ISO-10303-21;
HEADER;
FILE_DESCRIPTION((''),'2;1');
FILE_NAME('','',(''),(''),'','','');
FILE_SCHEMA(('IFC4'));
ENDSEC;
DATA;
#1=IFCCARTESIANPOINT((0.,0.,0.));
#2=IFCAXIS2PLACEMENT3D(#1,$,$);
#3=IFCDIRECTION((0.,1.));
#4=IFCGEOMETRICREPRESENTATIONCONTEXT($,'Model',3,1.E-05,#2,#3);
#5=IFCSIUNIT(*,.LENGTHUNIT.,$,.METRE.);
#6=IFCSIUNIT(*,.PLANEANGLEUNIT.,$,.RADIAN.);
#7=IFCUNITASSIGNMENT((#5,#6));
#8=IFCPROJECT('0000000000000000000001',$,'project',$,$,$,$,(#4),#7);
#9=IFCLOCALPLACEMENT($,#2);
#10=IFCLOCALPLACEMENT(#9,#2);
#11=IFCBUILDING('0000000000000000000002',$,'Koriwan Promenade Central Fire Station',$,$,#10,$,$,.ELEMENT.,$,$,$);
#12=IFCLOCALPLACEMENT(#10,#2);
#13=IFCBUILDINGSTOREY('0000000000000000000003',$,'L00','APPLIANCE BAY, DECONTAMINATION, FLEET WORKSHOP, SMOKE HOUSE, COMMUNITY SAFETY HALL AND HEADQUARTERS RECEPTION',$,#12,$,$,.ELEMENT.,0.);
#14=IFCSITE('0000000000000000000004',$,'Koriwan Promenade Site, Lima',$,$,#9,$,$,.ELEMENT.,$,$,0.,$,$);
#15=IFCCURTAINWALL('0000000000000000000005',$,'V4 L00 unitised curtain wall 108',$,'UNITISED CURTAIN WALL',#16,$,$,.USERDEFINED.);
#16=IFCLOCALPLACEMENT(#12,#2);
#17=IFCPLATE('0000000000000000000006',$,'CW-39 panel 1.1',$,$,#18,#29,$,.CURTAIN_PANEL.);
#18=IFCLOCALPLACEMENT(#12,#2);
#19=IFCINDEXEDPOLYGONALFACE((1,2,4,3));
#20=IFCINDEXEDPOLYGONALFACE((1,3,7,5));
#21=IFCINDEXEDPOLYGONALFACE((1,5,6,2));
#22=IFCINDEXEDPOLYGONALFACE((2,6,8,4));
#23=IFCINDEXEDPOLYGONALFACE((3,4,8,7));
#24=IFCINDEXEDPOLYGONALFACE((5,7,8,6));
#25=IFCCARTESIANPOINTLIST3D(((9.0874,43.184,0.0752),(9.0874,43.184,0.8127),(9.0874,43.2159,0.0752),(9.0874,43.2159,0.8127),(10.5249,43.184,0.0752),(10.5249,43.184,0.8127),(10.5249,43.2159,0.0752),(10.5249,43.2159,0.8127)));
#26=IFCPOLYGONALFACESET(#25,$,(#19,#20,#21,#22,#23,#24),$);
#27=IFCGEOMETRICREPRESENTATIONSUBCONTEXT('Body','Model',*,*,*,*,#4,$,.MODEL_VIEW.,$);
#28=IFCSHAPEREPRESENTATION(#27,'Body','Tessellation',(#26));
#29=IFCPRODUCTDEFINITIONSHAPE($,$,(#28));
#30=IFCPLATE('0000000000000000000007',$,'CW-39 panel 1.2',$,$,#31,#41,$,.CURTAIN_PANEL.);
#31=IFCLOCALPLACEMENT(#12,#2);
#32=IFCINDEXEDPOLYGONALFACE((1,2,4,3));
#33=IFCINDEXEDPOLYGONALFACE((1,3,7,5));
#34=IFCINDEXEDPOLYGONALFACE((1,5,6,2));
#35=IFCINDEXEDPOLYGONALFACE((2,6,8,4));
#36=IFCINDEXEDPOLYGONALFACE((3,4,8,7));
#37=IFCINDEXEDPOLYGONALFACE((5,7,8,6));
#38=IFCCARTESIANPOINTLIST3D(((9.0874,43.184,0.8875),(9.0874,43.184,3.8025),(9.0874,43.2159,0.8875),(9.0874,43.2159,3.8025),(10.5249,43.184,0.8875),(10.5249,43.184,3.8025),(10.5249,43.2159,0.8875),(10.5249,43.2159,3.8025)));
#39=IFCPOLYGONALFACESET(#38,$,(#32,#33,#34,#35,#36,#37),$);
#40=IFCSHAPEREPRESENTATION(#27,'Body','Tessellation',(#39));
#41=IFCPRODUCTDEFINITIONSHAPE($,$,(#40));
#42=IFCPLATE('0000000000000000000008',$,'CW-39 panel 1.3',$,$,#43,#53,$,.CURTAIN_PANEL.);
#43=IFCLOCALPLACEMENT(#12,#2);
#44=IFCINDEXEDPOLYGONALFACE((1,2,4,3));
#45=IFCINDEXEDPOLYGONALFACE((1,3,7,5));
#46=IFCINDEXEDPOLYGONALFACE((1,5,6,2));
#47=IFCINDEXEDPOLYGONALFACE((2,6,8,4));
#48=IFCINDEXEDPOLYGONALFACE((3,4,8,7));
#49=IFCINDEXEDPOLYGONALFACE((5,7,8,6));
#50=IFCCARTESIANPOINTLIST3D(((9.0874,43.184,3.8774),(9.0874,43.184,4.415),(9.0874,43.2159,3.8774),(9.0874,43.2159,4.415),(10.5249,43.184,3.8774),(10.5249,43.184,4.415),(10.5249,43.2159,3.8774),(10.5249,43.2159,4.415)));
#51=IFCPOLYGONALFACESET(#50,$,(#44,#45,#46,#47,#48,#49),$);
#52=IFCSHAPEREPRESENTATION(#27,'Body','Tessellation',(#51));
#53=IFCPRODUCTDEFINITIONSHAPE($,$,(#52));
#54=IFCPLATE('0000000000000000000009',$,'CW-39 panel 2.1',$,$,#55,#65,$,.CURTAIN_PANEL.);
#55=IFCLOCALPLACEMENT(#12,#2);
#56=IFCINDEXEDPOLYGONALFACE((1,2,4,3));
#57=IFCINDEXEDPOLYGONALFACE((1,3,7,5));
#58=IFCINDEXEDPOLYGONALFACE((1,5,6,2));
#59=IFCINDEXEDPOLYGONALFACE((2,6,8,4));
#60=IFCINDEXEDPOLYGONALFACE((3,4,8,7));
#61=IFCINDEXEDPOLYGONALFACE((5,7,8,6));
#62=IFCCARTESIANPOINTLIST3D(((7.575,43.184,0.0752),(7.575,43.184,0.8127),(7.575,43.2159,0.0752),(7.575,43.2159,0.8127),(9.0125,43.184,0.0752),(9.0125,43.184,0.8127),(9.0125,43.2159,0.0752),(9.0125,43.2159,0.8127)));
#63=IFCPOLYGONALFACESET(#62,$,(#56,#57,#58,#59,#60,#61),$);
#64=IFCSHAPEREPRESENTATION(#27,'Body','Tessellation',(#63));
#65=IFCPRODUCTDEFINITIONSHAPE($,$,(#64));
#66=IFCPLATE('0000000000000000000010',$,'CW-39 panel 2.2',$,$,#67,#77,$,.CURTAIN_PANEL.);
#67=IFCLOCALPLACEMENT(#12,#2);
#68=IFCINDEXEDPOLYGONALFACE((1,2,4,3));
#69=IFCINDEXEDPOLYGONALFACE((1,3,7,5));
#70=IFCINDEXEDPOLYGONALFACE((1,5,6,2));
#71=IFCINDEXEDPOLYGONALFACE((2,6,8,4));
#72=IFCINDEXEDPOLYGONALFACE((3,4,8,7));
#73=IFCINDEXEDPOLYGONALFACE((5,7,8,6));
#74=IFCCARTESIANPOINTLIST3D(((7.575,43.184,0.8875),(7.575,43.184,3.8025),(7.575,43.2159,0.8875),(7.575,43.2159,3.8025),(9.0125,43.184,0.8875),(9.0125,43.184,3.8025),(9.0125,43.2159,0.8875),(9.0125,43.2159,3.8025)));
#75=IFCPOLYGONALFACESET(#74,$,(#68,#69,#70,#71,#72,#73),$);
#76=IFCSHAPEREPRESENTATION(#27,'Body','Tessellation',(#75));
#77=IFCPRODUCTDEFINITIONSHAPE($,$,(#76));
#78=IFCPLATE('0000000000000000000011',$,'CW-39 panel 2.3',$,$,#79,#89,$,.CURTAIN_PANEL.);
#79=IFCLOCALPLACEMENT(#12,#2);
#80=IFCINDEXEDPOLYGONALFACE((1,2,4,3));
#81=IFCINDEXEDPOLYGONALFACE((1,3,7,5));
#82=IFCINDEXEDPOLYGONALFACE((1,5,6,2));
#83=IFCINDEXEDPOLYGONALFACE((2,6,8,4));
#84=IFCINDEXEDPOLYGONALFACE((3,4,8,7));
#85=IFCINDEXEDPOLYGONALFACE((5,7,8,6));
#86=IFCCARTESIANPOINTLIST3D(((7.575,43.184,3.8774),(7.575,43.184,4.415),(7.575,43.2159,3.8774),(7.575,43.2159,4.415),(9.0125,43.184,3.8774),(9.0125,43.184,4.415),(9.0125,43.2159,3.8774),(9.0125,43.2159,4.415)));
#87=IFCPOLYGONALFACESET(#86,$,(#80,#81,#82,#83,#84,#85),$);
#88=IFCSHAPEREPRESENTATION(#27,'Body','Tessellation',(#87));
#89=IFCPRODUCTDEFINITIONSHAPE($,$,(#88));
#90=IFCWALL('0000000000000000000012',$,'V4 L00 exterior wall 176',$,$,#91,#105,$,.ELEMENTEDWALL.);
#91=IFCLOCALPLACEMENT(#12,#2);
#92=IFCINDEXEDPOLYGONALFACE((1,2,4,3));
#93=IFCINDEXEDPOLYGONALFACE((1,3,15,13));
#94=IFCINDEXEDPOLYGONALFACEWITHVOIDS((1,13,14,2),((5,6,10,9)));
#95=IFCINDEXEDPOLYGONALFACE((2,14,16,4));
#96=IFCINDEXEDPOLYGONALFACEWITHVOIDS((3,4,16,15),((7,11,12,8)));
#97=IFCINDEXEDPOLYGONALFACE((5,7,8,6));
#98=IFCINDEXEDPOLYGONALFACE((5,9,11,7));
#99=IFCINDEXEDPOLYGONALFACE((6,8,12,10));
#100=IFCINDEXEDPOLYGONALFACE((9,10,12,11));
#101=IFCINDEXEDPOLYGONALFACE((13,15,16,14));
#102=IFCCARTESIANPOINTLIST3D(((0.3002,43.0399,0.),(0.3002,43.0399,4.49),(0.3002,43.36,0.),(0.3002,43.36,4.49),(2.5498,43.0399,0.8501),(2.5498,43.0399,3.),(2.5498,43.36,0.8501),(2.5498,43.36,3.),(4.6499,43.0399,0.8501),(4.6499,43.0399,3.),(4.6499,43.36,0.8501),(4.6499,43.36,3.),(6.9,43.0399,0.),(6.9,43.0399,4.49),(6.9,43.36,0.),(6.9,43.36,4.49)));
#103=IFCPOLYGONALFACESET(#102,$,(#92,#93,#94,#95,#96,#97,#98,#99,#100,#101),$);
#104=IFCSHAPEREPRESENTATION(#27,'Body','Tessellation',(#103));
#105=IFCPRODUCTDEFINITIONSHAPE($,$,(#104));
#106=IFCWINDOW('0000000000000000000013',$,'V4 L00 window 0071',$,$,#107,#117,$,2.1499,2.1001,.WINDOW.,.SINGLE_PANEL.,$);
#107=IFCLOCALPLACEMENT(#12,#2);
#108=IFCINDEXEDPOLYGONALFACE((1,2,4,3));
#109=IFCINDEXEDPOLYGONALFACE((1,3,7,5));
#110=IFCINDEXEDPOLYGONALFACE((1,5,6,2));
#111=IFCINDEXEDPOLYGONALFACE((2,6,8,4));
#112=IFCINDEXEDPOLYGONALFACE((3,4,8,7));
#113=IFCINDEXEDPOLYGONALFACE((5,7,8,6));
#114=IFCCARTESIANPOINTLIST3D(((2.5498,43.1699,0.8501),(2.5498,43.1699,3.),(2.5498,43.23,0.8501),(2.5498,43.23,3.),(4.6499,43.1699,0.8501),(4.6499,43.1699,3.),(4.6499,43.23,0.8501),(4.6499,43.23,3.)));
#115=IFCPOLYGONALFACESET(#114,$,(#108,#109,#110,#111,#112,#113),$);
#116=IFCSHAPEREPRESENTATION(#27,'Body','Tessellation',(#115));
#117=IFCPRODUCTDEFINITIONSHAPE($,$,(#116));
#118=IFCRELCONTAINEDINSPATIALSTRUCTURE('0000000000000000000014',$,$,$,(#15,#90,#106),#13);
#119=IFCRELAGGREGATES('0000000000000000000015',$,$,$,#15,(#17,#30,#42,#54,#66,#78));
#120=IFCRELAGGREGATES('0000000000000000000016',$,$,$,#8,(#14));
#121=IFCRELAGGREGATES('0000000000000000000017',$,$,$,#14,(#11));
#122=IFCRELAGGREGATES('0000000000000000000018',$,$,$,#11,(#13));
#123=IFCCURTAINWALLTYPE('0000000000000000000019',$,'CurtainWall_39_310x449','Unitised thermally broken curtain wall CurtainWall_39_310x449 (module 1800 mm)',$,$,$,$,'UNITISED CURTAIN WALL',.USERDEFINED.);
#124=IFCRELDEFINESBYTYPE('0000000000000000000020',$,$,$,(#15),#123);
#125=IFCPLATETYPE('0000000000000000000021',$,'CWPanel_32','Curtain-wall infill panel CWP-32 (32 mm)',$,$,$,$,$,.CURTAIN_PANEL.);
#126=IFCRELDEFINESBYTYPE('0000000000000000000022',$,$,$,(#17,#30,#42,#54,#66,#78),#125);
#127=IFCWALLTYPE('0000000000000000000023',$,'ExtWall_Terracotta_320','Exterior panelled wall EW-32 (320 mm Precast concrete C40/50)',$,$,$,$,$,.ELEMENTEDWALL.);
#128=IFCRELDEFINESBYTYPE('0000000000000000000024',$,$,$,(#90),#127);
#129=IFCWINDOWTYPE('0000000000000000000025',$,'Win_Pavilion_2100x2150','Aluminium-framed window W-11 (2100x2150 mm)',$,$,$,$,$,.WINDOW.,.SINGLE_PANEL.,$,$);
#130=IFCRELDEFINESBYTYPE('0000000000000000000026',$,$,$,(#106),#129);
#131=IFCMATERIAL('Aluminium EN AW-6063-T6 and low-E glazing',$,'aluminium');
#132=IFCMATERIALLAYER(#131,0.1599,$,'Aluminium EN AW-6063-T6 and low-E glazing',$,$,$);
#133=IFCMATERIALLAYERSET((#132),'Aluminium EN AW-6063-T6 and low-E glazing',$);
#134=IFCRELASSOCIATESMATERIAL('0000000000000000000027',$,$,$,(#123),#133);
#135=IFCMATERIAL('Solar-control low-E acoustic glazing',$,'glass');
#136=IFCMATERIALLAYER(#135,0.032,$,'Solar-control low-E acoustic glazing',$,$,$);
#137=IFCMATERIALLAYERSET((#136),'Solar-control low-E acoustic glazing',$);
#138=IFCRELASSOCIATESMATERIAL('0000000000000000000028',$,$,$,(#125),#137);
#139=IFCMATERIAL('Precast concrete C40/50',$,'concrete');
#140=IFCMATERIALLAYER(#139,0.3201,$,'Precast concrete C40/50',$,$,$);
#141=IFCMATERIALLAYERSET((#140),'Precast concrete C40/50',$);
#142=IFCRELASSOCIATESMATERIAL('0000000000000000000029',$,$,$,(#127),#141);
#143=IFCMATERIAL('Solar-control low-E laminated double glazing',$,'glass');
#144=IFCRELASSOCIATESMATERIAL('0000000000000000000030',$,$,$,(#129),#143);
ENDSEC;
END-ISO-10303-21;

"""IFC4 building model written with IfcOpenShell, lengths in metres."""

from ifc_helpers import new_model, si_unit, direction, frame, frame_2d, origin, origin_2d, place, context, subcontext, project, spatial, rectangle, extrude, material, layer, layer_set, type_object, element, fill, aggregate, save


model = new_model("IFC4")

# Units and contexts
model_context = context("Model", 3, precision=1e-05, world=origin(), true_north=direction((0.0, 1.0)))
body_context = subcontext(model_context, "Body", "Model", "MODEL_VIEW")
ifc_project = project(units=[si_unit("LENGTHUNIT", "METRE"), si_unit("PLANEANGLEUNIT", "RADIAN")], contexts=[model_context])

# Site, building, storey
site_placement = place(None, origin())
site = spatial("IfcSite", under=ifc_project, at=site_placement, Name="Koriwan Promenade Site, Lima", CompositionType="ELEMENT", RefElevation=0.0)
building_placement = place(site_placement, origin())
building = spatial("IfcBuilding", under=site, at=building_placement, Name="Koriwan Promenade Central Fire Station", CompositionType="ELEMENT")
storey_placement = place(building_placement, origin())
storey = spatial("IfcBuildingStorey", under=building, at=storey_placement, Name="L00", Description="APPLIANCE BAY, DECONTAMINATION, FLEET WORKSHOP, SMOKE HOUSE, COMMUNITY SAFETY HALL AND HEADQUARTERS RECEPTION", CompositionType="ELEMENT", Elevation=0.0)

# Curtain wall, plates
ifc_material_1 = material(Name="Aluminium EN AW-6063-T6 and low-E glazing", Category="aluminium")
ifc_layer_1 = layer(ifc_material_1, 0.1599, Name="Aluminium EN AW-6063-T6 and low-E glazing")
ifc_layer_set_1 = layer_set([ifc_layer_1], Name="Aluminium EN AW-6063-T6 and low-E glazing")
curtain_wall_type = type_object("IfcCurtainWallType", Name="CurtainWall_39_310x449", Description="Unitised thermally broken curtain wall CurtainWall_39_310x449 (module 1800 mm)", ElementType="UNITISED CURTAIN WALL", PredefinedType="USERDEFINED", material=ifc_layer_set_1)
curtain_wall_placement = place(storey_placement, origin())
curtain_wall = element("IfcCurtainWall", 1, at=curtain_wall_placement, inside=storey, type_object=curtain_wall_type, Name="V4 L00 unitised curtain wall 108", ObjectType="UNITISED CURTAIN WALL", PredefinedType="USERDEFINED")
ifc_material_2 = material(Name="Solar-control low-E acoustic glazing", Category="glass")
ifc_layer_2 = layer(ifc_material_2, 0.032, Name="Solar-control low-E acoustic glazing")
ifc_layer_set_2 = layer_set([ifc_layer_2], Name="Solar-control low-E acoustic glazing")
plate_type = type_object("IfcPlateType", Name="CWPanel_32", Description="Curtain-wall infill panel CWP-32 (32 mm)", PredefinedType="CURTAIN_PANEL", material=ifc_layer_set_2)
plate_1_placement = place(storey_placement, frame((9.8062, 43.2, 0.0752), z_axis=(0.0, 0.0, 1.0), x_axis=(-1.0, 0.0, 0.0)))
plate_1 = element("IfcPlate", 2, at=plate_1_placement, type_object=plate_type, Name="CW-39 panel 1.1", PredefinedType="CURTAIN_PANEL", context=body_context, shape_type="SweptSolid", body=[
    extrude(rectangle(XDim=1.4375, YDim=0.032, at=origin_2d()), origin(), (0.0, 0.0, 1.0), 0.7375),
])
plate_2_placement = place(storey_placement, frame((9.8062, 43.2, 0.8875), z_axis=(0.0, 0.0, 1.0), x_axis=(-1.0, 0.0, 0.0)))
plate_2 = element("IfcPlate", 3, at=plate_2_placement, type_object=plate_type, Name="CW-39 panel 1.2", PredefinedType="CURTAIN_PANEL", context=body_context, shape_type="SweptSolid", body=[
    extrude(rectangle(XDim=1.4375, YDim=0.032, at=origin_2d()), origin(), (0.0, 0.0, 1.0), 2.915),
])
plate_3_placement = place(storey_placement, frame((9.8062, 43.2, 3.8774), z_axis=(0.0, 0.0, 1.0), x_axis=(-1.0, 0.0, 0.0)))
plate_3 = element("IfcPlate", 4, at=plate_3_placement, type_object=plate_type, Name="CW-39 panel 1.3", PredefinedType="CURTAIN_PANEL", context=body_context, shape_type="SweptSolid", body=[
    extrude(rectangle(XDim=1.4375, YDim=0.032, at=origin_2d()), origin(), (0.0, 0.0, 1.0), 0.5376),
])
plate_4_placement = place(storey_placement, frame((8.2937, 43.2, 0.0752), z_axis=(0.0, 0.0, 1.0), x_axis=(-1.0, 0.0, 0.0)))
plate_4 = element("IfcPlate", 5, at=plate_4_placement, type_object=plate_type, Name="CW-39 panel 2.1", PredefinedType="CURTAIN_PANEL", context=body_context, shape_type="SweptSolid", body=[
    extrude(rectangle(XDim=1.4375, YDim=0.032, at=origin_2d()), origin(), (0.0, 0.0, 1.0), 0.7375),
])
plate_5_placement = place(storey_placement, frame((8.2937, 43.2, 0.8875), z_axis=(0.0, 0.0, 1.0), x_axis=(-1.0, 0.0, 0.0)))
plate_5 = element("IfcPlate", 6, at=plate_5_placement, type_object=plate_type, Name="CW-39 panel 2.2", PredefinedType="CURTAIN_PANEL", context=body_context, shape_type="SweptSolid", body=[
    extrude(rectangle(XDim=1.4375, YDim=0.032, at=origin_2d()), origin(), (0.0, 0.0, 1.0), 2.915),
])
plate_6_placement = place(storey_placement, frame((8.2937, 43.2, 3.8774), z_axis=(0.0, 0.0, 1.0), x_axis=(-1.0, 0.0, 0.0)))
plate_6 = element("IfcPlate", 7, at=plate_6_placement, type_object=plate_type, Name="CW-39 panel 2.3", PredefinedType="CURTAIN_PANEL", context=body_context, shape_type="SweptSolid", body=[
    extrude(rectangle(XDim=1.4375, YDim=0.032, at=origin_2d()), origin(), (0.0, 0.0, 1.0), 0.5376),
])
aggregate(curtain_wall, [plate_1, plate_2, plate_3, plate_4, plate_5, plate_6])

# Wall, opening, window
ifc_material_3 = material(Name="Precast concrete C40/50", Category="concrete")
ifc_layer_3 = layer(ifc_material_3, 0.3201, Name="Precast concrete C40/50")
ifc_layer_set_3 = layer_set([ifc_layer_3], Name="Precast concrete C40/50")
wall_type = type_object("IfcWallType", Name="ExtWall_Terracotta_320", Description="Exterior panelled wall EW-32 (320 mm Precast concrete C40/50)", PredefinedType="ELEMENTEDWALL", material=ifc_layer_set_3)
wall_placement = place(storey_placement, frame((6.8999, 43.2, 0.0), z_axis=(0.0, 0.0, 1.0), x_axis=(-1.0, 0.0, 0.0)))
wall = element("IfcWall", 8, at=wall_placement, inside=storey, type_object=wall_type, Name="V4 L00 exterior wall 176", PredefinedType="ELEMENTEDWALL", context=body_context, shape_type="SweptSolid", body=[
    extrude(rectangle(XDim=6.5999, YDim=0.3201, at=frame_2d((3.2998, 0.0))), origin(), (0.0, 0.0, 1.0), 4.49),
])
opening_placement = place(wall_placement, frame((2.25, 0.0, 0.8501)))
opening = element("IfcOpeningElement", 9, at=opening_placement, cuts=wall, PredefinedType="OPENING", context=body_context, shape_type="SweptSolid", body=[
    extrude(rectangle(XDim=2.1001, YDim=2.1499, at=frame_2d((1.05, 1.075))), frame((0.0, 0.1719, 0.0), z_axis=(0.0, -1.0, 0.0), x_axis=(1.0, 0.0, 0.0)), (0.0, 0.0, 1.0), 0.344),
])
ifc_material_4 = material(Name="Solar-control low-E laminated double glazing", Category="glass")
window_type = type_object("IfcWindowType", Name="Win_Pavilion_2100x2150", Description="Aluminium-framed window W-11 (2100x2150 mm)", PartitioningType="SINGLE_PANEL", PredefinedType="WINDOW", material=ifc_material_4)
window_placement = place(opening_placement, origin())
window = element("IfcWindow", 10, at=window_placement, inside=storey, type_object=window_type, Name="V4 L00 window 0071", OverallHeight=2.1499, OverallWidth=2.1001, PartitioningType="SINGLE_PANEL", PredefinedType="WINDOW", context=body_context, shape_type="SweptSolid", body=[
    extrude(rectangle(XDim=2.1001, YDim=2.1499, at=frame_2d((1.05, 1.075))), frame((0.0, 0.03, 0.0), z_axis=(0.0, -1.0, 0.0), x_axis=(1.0, 0.0, 0.0)), (0.0, 0.0, 1.0), 0.0601),
])
fill(opening, window)

save(model, "model.ifc")
